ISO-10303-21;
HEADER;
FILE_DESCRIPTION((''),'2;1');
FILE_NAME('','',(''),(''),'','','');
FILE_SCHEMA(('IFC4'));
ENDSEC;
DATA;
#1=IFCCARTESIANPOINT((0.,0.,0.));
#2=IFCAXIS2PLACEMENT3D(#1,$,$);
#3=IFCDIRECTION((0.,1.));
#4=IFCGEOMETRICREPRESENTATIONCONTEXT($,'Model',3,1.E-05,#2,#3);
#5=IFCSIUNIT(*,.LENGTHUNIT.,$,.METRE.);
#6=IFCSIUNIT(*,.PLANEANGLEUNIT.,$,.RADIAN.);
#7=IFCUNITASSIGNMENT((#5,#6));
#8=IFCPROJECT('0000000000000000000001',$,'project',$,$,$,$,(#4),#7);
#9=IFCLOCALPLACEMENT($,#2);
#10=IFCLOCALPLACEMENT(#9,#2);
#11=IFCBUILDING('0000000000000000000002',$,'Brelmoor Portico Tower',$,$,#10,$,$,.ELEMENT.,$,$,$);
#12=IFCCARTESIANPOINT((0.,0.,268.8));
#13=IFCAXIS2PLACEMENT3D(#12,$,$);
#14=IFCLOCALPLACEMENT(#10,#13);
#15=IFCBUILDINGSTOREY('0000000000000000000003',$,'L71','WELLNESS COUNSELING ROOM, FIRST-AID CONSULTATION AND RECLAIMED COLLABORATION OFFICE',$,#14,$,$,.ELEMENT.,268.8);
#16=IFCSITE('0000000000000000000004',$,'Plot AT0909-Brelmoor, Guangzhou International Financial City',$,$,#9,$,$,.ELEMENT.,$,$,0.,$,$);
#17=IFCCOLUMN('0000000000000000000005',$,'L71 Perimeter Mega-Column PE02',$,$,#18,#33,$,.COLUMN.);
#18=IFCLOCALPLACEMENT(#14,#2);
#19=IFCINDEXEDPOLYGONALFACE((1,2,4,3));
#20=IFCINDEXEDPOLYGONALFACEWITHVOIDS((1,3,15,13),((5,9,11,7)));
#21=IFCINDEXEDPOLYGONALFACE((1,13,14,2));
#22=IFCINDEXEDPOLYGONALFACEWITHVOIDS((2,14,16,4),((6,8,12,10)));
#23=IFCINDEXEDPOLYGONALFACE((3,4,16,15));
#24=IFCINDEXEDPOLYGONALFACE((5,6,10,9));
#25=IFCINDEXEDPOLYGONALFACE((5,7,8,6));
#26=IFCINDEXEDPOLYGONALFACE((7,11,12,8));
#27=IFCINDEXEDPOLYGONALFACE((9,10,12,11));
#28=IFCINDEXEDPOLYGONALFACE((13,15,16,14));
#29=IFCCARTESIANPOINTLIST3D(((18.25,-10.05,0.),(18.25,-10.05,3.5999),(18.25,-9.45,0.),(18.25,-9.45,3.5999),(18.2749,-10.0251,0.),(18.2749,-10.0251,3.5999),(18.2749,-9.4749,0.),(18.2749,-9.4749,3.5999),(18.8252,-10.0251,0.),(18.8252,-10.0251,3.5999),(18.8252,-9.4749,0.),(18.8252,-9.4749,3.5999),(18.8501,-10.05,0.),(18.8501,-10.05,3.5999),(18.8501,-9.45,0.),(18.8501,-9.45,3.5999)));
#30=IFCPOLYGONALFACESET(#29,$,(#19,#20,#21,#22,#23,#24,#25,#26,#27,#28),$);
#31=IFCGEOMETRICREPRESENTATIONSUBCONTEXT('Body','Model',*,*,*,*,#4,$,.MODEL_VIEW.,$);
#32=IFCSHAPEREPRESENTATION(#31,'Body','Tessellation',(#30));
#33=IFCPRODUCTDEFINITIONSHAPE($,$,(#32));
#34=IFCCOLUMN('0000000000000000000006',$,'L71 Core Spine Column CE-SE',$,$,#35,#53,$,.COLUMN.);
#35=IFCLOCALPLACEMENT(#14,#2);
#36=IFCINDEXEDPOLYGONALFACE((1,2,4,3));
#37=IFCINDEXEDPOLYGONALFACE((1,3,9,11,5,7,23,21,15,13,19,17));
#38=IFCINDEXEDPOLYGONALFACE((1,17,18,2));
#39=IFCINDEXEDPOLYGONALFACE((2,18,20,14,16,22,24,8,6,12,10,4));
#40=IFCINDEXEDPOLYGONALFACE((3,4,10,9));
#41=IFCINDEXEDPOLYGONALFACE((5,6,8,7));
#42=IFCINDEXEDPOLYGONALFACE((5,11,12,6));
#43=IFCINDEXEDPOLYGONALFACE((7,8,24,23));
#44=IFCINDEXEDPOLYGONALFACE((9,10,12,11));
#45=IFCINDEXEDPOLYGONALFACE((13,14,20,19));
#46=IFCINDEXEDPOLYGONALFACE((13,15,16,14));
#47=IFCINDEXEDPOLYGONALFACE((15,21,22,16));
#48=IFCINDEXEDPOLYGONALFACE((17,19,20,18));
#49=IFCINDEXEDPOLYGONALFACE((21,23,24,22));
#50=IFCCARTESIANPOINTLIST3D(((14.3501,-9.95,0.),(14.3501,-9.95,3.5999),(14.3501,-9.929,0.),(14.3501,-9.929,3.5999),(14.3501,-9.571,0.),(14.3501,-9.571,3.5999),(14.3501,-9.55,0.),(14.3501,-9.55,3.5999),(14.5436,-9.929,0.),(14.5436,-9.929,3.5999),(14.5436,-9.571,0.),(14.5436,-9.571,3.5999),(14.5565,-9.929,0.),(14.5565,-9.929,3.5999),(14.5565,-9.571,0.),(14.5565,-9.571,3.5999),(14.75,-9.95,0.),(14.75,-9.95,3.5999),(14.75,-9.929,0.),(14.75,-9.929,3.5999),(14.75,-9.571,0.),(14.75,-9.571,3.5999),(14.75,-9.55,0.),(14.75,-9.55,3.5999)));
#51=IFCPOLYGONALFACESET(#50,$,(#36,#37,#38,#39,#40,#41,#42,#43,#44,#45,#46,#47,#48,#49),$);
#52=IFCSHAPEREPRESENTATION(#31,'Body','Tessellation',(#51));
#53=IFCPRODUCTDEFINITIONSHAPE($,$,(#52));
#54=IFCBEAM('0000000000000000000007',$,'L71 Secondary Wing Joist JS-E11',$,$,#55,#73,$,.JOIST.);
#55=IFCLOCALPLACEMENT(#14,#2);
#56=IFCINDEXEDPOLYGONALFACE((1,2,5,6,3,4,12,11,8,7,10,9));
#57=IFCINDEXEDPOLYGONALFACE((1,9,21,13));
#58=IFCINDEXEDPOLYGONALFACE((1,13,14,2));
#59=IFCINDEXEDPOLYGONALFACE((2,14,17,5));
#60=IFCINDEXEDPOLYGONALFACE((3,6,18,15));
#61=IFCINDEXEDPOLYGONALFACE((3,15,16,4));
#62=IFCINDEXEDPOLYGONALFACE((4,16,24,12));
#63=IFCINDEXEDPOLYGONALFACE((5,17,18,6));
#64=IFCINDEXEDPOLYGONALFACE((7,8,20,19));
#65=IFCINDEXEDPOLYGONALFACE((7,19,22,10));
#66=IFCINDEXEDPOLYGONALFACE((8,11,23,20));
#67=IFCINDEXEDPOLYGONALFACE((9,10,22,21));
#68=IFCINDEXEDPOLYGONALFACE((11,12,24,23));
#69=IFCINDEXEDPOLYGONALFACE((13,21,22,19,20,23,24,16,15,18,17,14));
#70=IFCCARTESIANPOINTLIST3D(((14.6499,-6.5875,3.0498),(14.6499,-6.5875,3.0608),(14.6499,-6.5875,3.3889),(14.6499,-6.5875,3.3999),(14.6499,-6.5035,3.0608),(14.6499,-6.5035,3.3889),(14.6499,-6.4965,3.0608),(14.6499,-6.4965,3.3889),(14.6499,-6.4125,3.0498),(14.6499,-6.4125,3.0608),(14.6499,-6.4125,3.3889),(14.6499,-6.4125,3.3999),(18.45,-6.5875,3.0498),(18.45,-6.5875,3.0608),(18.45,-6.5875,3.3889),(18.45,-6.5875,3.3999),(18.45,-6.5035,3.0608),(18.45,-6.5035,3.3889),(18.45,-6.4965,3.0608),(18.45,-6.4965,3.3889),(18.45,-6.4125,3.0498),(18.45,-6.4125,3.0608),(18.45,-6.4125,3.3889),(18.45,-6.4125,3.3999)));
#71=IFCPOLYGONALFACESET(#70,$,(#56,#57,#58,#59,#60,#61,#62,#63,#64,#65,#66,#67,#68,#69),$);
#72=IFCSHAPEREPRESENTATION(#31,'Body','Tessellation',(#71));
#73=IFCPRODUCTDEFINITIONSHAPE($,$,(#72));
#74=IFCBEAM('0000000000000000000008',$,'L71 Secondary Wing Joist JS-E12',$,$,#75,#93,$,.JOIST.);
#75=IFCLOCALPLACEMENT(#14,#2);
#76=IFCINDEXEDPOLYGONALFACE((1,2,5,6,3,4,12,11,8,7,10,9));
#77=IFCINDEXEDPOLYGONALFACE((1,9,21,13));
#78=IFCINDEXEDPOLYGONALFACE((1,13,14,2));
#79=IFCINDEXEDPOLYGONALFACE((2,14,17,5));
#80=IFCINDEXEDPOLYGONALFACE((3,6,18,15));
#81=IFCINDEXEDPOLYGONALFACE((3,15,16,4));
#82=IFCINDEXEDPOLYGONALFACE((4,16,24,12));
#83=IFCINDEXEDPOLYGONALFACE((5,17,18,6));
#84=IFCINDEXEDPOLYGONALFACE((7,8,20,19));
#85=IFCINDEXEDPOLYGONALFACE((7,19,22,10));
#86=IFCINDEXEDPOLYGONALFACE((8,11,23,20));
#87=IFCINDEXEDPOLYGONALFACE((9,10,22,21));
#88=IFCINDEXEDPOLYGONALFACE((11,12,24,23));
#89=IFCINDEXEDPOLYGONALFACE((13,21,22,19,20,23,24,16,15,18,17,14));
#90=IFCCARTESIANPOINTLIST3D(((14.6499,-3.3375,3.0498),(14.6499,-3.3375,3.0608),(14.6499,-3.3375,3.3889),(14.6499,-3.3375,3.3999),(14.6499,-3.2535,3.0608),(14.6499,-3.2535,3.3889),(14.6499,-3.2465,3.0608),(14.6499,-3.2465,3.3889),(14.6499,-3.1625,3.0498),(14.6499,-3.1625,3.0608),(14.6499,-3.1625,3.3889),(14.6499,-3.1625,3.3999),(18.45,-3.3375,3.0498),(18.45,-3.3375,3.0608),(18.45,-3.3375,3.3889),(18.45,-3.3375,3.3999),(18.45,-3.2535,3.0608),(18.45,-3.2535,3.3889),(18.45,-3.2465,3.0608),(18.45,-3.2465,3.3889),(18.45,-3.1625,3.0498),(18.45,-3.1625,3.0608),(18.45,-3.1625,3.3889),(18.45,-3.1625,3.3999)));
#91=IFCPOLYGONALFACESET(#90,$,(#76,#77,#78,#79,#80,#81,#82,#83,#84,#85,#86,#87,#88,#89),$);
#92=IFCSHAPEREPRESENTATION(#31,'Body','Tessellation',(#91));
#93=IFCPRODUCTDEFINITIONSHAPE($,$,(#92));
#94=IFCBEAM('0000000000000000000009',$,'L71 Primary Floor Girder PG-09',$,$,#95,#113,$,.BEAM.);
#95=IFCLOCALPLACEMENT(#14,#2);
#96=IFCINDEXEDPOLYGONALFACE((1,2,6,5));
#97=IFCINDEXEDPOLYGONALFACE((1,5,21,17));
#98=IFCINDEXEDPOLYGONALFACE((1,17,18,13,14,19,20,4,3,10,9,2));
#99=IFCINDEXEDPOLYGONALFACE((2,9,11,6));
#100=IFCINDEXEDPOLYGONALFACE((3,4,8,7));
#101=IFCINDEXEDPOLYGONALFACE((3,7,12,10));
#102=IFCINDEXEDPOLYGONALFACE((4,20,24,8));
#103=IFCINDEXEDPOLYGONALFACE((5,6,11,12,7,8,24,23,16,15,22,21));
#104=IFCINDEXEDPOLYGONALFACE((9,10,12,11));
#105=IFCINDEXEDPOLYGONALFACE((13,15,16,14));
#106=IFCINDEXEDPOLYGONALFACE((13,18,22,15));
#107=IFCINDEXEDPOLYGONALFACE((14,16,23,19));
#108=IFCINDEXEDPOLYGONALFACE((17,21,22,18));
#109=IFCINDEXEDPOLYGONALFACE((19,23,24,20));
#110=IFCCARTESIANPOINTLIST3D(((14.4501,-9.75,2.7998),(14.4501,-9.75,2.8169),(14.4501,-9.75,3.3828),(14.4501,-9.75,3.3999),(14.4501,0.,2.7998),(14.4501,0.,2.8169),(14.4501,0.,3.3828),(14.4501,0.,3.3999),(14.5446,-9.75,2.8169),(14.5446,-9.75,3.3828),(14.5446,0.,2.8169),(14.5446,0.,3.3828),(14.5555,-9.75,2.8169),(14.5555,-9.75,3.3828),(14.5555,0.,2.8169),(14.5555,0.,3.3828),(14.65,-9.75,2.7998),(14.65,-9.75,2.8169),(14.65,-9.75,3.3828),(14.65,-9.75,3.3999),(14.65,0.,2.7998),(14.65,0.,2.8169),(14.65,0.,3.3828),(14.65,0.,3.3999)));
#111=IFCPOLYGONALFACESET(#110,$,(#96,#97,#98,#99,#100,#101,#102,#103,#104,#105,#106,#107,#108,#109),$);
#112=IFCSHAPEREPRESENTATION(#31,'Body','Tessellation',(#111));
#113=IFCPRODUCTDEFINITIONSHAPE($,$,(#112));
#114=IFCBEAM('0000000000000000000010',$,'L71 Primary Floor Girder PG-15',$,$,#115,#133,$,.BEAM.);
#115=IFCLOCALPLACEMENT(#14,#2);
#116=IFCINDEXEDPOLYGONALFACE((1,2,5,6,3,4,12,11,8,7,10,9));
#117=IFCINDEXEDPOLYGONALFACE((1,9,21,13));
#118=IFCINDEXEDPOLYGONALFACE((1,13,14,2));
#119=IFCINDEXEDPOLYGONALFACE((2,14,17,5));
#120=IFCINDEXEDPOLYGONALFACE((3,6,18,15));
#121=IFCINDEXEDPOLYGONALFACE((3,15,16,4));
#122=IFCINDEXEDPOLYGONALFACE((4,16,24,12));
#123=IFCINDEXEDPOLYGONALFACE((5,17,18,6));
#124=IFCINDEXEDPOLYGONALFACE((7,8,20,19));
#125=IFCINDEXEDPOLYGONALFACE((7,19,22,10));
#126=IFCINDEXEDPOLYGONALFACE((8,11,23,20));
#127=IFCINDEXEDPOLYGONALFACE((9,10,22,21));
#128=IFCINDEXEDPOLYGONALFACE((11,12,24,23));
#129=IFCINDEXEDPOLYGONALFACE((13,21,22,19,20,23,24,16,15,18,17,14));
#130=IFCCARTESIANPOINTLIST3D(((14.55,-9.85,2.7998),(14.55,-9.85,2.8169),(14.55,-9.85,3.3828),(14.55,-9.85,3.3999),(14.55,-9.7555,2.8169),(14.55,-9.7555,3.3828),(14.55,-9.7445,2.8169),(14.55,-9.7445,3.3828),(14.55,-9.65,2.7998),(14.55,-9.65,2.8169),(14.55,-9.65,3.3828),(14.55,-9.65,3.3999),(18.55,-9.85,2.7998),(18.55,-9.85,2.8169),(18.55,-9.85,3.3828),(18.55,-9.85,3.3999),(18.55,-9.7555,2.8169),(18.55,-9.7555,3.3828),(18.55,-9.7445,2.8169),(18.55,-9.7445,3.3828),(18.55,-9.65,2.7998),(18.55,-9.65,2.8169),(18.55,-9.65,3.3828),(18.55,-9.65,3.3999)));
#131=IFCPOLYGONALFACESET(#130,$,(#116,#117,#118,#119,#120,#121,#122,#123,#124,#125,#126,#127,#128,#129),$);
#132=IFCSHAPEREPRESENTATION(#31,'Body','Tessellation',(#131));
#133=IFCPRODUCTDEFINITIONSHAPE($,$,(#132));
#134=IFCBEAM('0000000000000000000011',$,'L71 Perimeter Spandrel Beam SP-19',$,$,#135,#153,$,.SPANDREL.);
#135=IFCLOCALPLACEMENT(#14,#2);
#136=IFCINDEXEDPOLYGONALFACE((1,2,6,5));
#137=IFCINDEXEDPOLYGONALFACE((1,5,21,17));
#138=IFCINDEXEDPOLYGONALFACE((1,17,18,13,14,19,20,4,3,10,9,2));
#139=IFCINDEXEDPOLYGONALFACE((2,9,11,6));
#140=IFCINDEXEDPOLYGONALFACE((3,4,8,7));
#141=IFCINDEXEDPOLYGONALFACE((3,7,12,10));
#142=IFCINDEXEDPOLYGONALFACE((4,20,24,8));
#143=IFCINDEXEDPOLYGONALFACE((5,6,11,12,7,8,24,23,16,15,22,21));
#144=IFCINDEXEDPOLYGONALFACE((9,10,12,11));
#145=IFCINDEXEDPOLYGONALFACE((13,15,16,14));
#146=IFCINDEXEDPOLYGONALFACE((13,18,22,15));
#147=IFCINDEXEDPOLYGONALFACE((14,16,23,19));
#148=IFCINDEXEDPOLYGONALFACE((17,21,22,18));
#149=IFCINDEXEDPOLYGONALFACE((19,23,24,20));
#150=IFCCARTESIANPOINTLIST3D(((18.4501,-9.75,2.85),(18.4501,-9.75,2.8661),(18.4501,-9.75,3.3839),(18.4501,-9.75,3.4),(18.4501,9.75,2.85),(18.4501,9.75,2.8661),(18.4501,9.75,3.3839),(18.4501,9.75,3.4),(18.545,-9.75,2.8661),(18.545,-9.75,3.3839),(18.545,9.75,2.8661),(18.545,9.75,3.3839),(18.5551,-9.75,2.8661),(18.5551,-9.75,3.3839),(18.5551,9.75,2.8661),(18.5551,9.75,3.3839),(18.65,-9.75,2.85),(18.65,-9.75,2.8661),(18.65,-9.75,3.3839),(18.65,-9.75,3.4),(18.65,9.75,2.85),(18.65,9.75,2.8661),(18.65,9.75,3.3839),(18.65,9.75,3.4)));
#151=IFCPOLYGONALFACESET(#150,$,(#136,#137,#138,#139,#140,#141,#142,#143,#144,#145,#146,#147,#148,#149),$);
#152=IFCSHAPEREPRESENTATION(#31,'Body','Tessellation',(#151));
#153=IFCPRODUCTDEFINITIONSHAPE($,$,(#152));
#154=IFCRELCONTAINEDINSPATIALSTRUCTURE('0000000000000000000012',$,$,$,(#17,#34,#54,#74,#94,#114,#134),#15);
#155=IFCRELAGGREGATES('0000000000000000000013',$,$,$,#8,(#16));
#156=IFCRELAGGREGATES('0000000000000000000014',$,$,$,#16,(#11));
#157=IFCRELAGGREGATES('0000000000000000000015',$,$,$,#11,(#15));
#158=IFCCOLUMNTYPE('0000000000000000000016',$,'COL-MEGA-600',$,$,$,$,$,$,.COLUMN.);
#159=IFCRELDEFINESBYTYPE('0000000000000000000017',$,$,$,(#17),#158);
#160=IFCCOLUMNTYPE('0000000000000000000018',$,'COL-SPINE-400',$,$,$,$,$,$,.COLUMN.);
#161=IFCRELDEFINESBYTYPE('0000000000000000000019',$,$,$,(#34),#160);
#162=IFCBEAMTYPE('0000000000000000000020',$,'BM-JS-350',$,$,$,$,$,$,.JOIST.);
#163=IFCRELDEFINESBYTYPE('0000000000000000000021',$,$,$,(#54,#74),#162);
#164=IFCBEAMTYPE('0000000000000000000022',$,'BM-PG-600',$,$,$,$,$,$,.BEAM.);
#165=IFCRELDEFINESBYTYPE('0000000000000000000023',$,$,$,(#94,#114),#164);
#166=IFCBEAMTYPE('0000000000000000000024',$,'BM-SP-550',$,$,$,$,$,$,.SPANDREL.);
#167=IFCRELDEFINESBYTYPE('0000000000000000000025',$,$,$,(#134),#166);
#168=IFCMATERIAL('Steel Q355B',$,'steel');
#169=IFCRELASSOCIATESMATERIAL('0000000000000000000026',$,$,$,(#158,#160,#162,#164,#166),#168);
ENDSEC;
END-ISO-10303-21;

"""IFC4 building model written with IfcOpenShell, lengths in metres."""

from ifc_helpers import new_model, si_unit, direction, frame, origin, origin_2d, place, context, subcontext, project, spatial, hollow_rectangle, i_section, extrude, material, material_profile, profile_set, type_object, element, save


model = new_model("IFC4")

# Units and contexts
model_context = context("Model", 3, precision=1e-05, world=origin(), true_north=direction((0.0, 1.0)))
body_context = subcontext(model_context, "Body", "Model", "MODEL_VIEW")
ifc_project = project(units=[si_unit("LENGTHUNIT", "METRE"), si_unit("PLANEANGLEUNIT", "RADIAN")], contexts=[model_context])

# Site, building, storey
site_placement = place(None, origin())
site = spatial("IfcSite", under=ifc_project, at=site_placement, Name="Plot AT0909-Brelmoor, Guangzhou International Financial City", CompositionType="ELEMENT", RefElevation=0.0)
building_placement = place(site_placement, origin())
building = spatial("IfcBuilding", under=site, at=building_placement, Name="Brelmoor Portico Tower", CompositionType="ELEMENT")
storey_placement = place(building_placement, frame((0.0, 0.0, 268.8)))
storey = spatial("IfcBuildingStorey", under=building, at=storey_placement, Name="L71", Description="WELLNESS COUNSELING ROOM, FIRST-AID CONSULTATION AND RECLAIMED COLLABORATION OFFICE", CompositionType="ELEMENT", Elevation=268.8)

# Columns
ifc_material_1 = material(Name="Steel Q355B", Category="steel")
ifc_material_profile_1 = material_profile(ifc_material_1, hollow_rectangle(XDim=0.6001, YDim=0.6001, WallThickness=0.0249, at=origin_2d()), Name="BOX 600x600x25")
ifc_profile_set_1 = profile_set([ifc_material_profile_1], Name="Steel Q355B")
column_type_1 = type_object("IfcColumnType", Name="COL-MEGA-600", PredefinedType="COLUMN", material=ifc_profile_set_1)
column_1_placement = place(storey_placement, frame((18.55, -9.75, 0.0), z_axis=(0.0, 0.0, 1.0), x_axis=(0.0, 1.0, 0.0)))
element("IfcColumn", 1, at=column_1_placement, inside=storey, type_object=column_type_1, Name="L71 Perimeter Mega-Column PE02", PredefinedType="COLUMN", context=body_context, shape_type="SweptSolid", body=[
    extrude(hollow_rectangle(XDim=0.6001, YDim=0.6001, WallThickness=0.0249, at=origin_2d()), origin(), (0.0, 0.0, 1.0), 3.5999),
])
ifc_material_profile_2 = material_profile(ifc_material_1, i_section(OverallWidth=0.3999, OverallDepth=0.3999, WebThickness=0.0129, FlangeThickness=0.021, at=origin_2d()), Name="HW 400x400x13x21")
ifc_profile_set_2 = profile_set([ifc_material_profile_2], Name="Steel Q355B")
column_type_2 = type_object("IfcColumnType", Name="COL-SPINE-400", PredefinedType="COLUMN", material=ifc_profile_set_2)
column_2_placement = place(storey_placement, frame((14.55, -9.75, 0.0), z_axis=(0.0, 0.0, 1.0), x_axis=(1.0, 0.0, 0.0)))
element("IfcColumn", 2, at=column_2_placement, inside=storey, type_object=column_type_2, Name="L71 Core Spine Column CE-SE", PredefinedType="COLUMN", context=body_context, shape_type="SweptSolid", body=[
    extrude(i_section(OverallWidth=0.3999, OverallDepth=0.3999, WebThickness=0.0129, FlangeThickness=0.021, at=origin_2d()), origin(), (0.0, 0.0, 1.0), 3.5999),
])

# Beams
ifc_material_profile_3 = material_profile(ifc_material_1, i_section(OverallWidth=0.175, OverallDepth=0.3501, WebThickness=0.0071, FlangeThickness=0.011, at=origin_2d()), Name="HN 350x175x7x11")
ifc_profile_set_3 = profile_set([ifc_material_profile_3], Name="Steel Q355B")
beam_type_1 = type_object("IfcBeamType", Name="BM-JS-350", PredefinedType="JOIST", material=ifc_profile_set_3)
for number, where, z_axis, x_axis, name in (
    (3, (14.6499, -6.5, 3.2249), (1.0, 0.0, 0.0), (0.0, 1.0, 0.0), "L71 Secondary Wing Joist JS-E11"),
    (4, (14.6499, -3.25, 3.2249), (1.0, 0.0, 0.0), (0.0, 1.0, 0.0), "L71 Secondary Wing Joist JS-E12"),
):
    element("IfcBeam", number, at=place(storey_placement, frame(where, z_axis=z_axis, x_axis=x_axis)), inside=storey, type_object=beam_type_1, Name=name, PredefinedType="JOIST", context=body_context, shape_type="SweptSolid", body=[
        extrude(i_section(OverallWidth=0.175, OverallDepth=0.3501, WebThickness=0.0071, FlangeThickness=0.011, at=origin_2d()), origin(), (0.0, 0.0, 1.0), 3.8),
    ])
ifc_material_profile_4 = material_profile(ifc_material_1, i_section(OverallWidth=0.2, OverallDepth=0.6001, WebThickness=0.011, FlangeThickness=0.0171, at=origin_2d()), Name="HN 600x200x11x17")
ifc_profile_set_4 = profile_set([ifc_material_profile_4], Name="Steel Q355B")
beam_type_2 = type_object("IfcBeamType", Name="BM-PG-600", PredefinedType="BEAM", material=ifc_profile_set_4)
beam_1_placement = place(storey_placement, frame((14.55, -9.75, 3.0999), z_axis=(0.0, 1.0, 0.0), x_axis=(-1.0, 0.0, 0.0)))
element("IfcBeam", 5, at=beam_1_placement, inside=storey, type_object=beam_type_2, Name="L71 Primary Floor Girder PG-09", PredefinedType="BEAM", context=body_context, shape_type="SweptSolid", body=[
    extrude(i_section(OverallWidth=0.2, OverallDepth=0.6001, WebThickness=0.011, FlangeThickness=0.0171, at=origin_2d()), origin(), (0.0, 0.0, 1.0), 9.75),
])
beam_2_placement = place(storey_placement, frame((14.55, -9.75, 3.0999), z_axis=(1.0, 0.0, 0.0), x_axis=(0.0, 1.0, 0.0)))
element("IfcBeam", 6, at=beam_2_placement, inside=storey, type_object=beam_type_2, Name="L71 Primary Floor Girder PG-15", PredefinedType="BEAM", context=body_context, shape_type="SweptSolid", body=[
    extrude(i_section(OverallWidth=0.2, OverallDepth=0.6001, WebThickness=0.011, FlangeThickness=0.0171, at=origin_2d()), origin(), (0.0, 0.0, 1.0), 4.0),
])
ifc_material_profile_5 = material_profile(ifc_material_1, i_section(OverallWidth=0.2, OverallDepth=0.55, WebThickness=0.01, FlangeThickness=0.0161, at=origin_2d()), Name="HN 550x200x10x16")
ifc_profile_set_5 = profile_set([ifc_material_profile_5], Name="Steel Q355B")
beam_type_3 = type_object("IfcBeamType", Name="BM-SP-550", PredefinedType="SPANDREL", material=ifc_profile_set_5)
beam_3_placement = place(storey_placement, frame((18.55, -9.75, 3.125), z_axis=(0.0, 1.0, 0.0), x_axis=(-1.0, 0.0, 0.0)))
element("IfcBeam", 7, at=beam_3_placement, inside=storey, type_object=beam_type_3, Name="L71 Perimeter Spandrel Beam SP-19", PredefinedType="SPANDREL", context=body_context, shape_type="SweptSolid", body=[
    extrude(i_section(OverallWidth=0.2, OverallDepth=0.55, WebThickness=0.01, FlangeThickness=0.0161, at=origin_2d()), origin(), (0.0, 0.0, 1.0), 19.5),
])

save(model, "model.ifc")
